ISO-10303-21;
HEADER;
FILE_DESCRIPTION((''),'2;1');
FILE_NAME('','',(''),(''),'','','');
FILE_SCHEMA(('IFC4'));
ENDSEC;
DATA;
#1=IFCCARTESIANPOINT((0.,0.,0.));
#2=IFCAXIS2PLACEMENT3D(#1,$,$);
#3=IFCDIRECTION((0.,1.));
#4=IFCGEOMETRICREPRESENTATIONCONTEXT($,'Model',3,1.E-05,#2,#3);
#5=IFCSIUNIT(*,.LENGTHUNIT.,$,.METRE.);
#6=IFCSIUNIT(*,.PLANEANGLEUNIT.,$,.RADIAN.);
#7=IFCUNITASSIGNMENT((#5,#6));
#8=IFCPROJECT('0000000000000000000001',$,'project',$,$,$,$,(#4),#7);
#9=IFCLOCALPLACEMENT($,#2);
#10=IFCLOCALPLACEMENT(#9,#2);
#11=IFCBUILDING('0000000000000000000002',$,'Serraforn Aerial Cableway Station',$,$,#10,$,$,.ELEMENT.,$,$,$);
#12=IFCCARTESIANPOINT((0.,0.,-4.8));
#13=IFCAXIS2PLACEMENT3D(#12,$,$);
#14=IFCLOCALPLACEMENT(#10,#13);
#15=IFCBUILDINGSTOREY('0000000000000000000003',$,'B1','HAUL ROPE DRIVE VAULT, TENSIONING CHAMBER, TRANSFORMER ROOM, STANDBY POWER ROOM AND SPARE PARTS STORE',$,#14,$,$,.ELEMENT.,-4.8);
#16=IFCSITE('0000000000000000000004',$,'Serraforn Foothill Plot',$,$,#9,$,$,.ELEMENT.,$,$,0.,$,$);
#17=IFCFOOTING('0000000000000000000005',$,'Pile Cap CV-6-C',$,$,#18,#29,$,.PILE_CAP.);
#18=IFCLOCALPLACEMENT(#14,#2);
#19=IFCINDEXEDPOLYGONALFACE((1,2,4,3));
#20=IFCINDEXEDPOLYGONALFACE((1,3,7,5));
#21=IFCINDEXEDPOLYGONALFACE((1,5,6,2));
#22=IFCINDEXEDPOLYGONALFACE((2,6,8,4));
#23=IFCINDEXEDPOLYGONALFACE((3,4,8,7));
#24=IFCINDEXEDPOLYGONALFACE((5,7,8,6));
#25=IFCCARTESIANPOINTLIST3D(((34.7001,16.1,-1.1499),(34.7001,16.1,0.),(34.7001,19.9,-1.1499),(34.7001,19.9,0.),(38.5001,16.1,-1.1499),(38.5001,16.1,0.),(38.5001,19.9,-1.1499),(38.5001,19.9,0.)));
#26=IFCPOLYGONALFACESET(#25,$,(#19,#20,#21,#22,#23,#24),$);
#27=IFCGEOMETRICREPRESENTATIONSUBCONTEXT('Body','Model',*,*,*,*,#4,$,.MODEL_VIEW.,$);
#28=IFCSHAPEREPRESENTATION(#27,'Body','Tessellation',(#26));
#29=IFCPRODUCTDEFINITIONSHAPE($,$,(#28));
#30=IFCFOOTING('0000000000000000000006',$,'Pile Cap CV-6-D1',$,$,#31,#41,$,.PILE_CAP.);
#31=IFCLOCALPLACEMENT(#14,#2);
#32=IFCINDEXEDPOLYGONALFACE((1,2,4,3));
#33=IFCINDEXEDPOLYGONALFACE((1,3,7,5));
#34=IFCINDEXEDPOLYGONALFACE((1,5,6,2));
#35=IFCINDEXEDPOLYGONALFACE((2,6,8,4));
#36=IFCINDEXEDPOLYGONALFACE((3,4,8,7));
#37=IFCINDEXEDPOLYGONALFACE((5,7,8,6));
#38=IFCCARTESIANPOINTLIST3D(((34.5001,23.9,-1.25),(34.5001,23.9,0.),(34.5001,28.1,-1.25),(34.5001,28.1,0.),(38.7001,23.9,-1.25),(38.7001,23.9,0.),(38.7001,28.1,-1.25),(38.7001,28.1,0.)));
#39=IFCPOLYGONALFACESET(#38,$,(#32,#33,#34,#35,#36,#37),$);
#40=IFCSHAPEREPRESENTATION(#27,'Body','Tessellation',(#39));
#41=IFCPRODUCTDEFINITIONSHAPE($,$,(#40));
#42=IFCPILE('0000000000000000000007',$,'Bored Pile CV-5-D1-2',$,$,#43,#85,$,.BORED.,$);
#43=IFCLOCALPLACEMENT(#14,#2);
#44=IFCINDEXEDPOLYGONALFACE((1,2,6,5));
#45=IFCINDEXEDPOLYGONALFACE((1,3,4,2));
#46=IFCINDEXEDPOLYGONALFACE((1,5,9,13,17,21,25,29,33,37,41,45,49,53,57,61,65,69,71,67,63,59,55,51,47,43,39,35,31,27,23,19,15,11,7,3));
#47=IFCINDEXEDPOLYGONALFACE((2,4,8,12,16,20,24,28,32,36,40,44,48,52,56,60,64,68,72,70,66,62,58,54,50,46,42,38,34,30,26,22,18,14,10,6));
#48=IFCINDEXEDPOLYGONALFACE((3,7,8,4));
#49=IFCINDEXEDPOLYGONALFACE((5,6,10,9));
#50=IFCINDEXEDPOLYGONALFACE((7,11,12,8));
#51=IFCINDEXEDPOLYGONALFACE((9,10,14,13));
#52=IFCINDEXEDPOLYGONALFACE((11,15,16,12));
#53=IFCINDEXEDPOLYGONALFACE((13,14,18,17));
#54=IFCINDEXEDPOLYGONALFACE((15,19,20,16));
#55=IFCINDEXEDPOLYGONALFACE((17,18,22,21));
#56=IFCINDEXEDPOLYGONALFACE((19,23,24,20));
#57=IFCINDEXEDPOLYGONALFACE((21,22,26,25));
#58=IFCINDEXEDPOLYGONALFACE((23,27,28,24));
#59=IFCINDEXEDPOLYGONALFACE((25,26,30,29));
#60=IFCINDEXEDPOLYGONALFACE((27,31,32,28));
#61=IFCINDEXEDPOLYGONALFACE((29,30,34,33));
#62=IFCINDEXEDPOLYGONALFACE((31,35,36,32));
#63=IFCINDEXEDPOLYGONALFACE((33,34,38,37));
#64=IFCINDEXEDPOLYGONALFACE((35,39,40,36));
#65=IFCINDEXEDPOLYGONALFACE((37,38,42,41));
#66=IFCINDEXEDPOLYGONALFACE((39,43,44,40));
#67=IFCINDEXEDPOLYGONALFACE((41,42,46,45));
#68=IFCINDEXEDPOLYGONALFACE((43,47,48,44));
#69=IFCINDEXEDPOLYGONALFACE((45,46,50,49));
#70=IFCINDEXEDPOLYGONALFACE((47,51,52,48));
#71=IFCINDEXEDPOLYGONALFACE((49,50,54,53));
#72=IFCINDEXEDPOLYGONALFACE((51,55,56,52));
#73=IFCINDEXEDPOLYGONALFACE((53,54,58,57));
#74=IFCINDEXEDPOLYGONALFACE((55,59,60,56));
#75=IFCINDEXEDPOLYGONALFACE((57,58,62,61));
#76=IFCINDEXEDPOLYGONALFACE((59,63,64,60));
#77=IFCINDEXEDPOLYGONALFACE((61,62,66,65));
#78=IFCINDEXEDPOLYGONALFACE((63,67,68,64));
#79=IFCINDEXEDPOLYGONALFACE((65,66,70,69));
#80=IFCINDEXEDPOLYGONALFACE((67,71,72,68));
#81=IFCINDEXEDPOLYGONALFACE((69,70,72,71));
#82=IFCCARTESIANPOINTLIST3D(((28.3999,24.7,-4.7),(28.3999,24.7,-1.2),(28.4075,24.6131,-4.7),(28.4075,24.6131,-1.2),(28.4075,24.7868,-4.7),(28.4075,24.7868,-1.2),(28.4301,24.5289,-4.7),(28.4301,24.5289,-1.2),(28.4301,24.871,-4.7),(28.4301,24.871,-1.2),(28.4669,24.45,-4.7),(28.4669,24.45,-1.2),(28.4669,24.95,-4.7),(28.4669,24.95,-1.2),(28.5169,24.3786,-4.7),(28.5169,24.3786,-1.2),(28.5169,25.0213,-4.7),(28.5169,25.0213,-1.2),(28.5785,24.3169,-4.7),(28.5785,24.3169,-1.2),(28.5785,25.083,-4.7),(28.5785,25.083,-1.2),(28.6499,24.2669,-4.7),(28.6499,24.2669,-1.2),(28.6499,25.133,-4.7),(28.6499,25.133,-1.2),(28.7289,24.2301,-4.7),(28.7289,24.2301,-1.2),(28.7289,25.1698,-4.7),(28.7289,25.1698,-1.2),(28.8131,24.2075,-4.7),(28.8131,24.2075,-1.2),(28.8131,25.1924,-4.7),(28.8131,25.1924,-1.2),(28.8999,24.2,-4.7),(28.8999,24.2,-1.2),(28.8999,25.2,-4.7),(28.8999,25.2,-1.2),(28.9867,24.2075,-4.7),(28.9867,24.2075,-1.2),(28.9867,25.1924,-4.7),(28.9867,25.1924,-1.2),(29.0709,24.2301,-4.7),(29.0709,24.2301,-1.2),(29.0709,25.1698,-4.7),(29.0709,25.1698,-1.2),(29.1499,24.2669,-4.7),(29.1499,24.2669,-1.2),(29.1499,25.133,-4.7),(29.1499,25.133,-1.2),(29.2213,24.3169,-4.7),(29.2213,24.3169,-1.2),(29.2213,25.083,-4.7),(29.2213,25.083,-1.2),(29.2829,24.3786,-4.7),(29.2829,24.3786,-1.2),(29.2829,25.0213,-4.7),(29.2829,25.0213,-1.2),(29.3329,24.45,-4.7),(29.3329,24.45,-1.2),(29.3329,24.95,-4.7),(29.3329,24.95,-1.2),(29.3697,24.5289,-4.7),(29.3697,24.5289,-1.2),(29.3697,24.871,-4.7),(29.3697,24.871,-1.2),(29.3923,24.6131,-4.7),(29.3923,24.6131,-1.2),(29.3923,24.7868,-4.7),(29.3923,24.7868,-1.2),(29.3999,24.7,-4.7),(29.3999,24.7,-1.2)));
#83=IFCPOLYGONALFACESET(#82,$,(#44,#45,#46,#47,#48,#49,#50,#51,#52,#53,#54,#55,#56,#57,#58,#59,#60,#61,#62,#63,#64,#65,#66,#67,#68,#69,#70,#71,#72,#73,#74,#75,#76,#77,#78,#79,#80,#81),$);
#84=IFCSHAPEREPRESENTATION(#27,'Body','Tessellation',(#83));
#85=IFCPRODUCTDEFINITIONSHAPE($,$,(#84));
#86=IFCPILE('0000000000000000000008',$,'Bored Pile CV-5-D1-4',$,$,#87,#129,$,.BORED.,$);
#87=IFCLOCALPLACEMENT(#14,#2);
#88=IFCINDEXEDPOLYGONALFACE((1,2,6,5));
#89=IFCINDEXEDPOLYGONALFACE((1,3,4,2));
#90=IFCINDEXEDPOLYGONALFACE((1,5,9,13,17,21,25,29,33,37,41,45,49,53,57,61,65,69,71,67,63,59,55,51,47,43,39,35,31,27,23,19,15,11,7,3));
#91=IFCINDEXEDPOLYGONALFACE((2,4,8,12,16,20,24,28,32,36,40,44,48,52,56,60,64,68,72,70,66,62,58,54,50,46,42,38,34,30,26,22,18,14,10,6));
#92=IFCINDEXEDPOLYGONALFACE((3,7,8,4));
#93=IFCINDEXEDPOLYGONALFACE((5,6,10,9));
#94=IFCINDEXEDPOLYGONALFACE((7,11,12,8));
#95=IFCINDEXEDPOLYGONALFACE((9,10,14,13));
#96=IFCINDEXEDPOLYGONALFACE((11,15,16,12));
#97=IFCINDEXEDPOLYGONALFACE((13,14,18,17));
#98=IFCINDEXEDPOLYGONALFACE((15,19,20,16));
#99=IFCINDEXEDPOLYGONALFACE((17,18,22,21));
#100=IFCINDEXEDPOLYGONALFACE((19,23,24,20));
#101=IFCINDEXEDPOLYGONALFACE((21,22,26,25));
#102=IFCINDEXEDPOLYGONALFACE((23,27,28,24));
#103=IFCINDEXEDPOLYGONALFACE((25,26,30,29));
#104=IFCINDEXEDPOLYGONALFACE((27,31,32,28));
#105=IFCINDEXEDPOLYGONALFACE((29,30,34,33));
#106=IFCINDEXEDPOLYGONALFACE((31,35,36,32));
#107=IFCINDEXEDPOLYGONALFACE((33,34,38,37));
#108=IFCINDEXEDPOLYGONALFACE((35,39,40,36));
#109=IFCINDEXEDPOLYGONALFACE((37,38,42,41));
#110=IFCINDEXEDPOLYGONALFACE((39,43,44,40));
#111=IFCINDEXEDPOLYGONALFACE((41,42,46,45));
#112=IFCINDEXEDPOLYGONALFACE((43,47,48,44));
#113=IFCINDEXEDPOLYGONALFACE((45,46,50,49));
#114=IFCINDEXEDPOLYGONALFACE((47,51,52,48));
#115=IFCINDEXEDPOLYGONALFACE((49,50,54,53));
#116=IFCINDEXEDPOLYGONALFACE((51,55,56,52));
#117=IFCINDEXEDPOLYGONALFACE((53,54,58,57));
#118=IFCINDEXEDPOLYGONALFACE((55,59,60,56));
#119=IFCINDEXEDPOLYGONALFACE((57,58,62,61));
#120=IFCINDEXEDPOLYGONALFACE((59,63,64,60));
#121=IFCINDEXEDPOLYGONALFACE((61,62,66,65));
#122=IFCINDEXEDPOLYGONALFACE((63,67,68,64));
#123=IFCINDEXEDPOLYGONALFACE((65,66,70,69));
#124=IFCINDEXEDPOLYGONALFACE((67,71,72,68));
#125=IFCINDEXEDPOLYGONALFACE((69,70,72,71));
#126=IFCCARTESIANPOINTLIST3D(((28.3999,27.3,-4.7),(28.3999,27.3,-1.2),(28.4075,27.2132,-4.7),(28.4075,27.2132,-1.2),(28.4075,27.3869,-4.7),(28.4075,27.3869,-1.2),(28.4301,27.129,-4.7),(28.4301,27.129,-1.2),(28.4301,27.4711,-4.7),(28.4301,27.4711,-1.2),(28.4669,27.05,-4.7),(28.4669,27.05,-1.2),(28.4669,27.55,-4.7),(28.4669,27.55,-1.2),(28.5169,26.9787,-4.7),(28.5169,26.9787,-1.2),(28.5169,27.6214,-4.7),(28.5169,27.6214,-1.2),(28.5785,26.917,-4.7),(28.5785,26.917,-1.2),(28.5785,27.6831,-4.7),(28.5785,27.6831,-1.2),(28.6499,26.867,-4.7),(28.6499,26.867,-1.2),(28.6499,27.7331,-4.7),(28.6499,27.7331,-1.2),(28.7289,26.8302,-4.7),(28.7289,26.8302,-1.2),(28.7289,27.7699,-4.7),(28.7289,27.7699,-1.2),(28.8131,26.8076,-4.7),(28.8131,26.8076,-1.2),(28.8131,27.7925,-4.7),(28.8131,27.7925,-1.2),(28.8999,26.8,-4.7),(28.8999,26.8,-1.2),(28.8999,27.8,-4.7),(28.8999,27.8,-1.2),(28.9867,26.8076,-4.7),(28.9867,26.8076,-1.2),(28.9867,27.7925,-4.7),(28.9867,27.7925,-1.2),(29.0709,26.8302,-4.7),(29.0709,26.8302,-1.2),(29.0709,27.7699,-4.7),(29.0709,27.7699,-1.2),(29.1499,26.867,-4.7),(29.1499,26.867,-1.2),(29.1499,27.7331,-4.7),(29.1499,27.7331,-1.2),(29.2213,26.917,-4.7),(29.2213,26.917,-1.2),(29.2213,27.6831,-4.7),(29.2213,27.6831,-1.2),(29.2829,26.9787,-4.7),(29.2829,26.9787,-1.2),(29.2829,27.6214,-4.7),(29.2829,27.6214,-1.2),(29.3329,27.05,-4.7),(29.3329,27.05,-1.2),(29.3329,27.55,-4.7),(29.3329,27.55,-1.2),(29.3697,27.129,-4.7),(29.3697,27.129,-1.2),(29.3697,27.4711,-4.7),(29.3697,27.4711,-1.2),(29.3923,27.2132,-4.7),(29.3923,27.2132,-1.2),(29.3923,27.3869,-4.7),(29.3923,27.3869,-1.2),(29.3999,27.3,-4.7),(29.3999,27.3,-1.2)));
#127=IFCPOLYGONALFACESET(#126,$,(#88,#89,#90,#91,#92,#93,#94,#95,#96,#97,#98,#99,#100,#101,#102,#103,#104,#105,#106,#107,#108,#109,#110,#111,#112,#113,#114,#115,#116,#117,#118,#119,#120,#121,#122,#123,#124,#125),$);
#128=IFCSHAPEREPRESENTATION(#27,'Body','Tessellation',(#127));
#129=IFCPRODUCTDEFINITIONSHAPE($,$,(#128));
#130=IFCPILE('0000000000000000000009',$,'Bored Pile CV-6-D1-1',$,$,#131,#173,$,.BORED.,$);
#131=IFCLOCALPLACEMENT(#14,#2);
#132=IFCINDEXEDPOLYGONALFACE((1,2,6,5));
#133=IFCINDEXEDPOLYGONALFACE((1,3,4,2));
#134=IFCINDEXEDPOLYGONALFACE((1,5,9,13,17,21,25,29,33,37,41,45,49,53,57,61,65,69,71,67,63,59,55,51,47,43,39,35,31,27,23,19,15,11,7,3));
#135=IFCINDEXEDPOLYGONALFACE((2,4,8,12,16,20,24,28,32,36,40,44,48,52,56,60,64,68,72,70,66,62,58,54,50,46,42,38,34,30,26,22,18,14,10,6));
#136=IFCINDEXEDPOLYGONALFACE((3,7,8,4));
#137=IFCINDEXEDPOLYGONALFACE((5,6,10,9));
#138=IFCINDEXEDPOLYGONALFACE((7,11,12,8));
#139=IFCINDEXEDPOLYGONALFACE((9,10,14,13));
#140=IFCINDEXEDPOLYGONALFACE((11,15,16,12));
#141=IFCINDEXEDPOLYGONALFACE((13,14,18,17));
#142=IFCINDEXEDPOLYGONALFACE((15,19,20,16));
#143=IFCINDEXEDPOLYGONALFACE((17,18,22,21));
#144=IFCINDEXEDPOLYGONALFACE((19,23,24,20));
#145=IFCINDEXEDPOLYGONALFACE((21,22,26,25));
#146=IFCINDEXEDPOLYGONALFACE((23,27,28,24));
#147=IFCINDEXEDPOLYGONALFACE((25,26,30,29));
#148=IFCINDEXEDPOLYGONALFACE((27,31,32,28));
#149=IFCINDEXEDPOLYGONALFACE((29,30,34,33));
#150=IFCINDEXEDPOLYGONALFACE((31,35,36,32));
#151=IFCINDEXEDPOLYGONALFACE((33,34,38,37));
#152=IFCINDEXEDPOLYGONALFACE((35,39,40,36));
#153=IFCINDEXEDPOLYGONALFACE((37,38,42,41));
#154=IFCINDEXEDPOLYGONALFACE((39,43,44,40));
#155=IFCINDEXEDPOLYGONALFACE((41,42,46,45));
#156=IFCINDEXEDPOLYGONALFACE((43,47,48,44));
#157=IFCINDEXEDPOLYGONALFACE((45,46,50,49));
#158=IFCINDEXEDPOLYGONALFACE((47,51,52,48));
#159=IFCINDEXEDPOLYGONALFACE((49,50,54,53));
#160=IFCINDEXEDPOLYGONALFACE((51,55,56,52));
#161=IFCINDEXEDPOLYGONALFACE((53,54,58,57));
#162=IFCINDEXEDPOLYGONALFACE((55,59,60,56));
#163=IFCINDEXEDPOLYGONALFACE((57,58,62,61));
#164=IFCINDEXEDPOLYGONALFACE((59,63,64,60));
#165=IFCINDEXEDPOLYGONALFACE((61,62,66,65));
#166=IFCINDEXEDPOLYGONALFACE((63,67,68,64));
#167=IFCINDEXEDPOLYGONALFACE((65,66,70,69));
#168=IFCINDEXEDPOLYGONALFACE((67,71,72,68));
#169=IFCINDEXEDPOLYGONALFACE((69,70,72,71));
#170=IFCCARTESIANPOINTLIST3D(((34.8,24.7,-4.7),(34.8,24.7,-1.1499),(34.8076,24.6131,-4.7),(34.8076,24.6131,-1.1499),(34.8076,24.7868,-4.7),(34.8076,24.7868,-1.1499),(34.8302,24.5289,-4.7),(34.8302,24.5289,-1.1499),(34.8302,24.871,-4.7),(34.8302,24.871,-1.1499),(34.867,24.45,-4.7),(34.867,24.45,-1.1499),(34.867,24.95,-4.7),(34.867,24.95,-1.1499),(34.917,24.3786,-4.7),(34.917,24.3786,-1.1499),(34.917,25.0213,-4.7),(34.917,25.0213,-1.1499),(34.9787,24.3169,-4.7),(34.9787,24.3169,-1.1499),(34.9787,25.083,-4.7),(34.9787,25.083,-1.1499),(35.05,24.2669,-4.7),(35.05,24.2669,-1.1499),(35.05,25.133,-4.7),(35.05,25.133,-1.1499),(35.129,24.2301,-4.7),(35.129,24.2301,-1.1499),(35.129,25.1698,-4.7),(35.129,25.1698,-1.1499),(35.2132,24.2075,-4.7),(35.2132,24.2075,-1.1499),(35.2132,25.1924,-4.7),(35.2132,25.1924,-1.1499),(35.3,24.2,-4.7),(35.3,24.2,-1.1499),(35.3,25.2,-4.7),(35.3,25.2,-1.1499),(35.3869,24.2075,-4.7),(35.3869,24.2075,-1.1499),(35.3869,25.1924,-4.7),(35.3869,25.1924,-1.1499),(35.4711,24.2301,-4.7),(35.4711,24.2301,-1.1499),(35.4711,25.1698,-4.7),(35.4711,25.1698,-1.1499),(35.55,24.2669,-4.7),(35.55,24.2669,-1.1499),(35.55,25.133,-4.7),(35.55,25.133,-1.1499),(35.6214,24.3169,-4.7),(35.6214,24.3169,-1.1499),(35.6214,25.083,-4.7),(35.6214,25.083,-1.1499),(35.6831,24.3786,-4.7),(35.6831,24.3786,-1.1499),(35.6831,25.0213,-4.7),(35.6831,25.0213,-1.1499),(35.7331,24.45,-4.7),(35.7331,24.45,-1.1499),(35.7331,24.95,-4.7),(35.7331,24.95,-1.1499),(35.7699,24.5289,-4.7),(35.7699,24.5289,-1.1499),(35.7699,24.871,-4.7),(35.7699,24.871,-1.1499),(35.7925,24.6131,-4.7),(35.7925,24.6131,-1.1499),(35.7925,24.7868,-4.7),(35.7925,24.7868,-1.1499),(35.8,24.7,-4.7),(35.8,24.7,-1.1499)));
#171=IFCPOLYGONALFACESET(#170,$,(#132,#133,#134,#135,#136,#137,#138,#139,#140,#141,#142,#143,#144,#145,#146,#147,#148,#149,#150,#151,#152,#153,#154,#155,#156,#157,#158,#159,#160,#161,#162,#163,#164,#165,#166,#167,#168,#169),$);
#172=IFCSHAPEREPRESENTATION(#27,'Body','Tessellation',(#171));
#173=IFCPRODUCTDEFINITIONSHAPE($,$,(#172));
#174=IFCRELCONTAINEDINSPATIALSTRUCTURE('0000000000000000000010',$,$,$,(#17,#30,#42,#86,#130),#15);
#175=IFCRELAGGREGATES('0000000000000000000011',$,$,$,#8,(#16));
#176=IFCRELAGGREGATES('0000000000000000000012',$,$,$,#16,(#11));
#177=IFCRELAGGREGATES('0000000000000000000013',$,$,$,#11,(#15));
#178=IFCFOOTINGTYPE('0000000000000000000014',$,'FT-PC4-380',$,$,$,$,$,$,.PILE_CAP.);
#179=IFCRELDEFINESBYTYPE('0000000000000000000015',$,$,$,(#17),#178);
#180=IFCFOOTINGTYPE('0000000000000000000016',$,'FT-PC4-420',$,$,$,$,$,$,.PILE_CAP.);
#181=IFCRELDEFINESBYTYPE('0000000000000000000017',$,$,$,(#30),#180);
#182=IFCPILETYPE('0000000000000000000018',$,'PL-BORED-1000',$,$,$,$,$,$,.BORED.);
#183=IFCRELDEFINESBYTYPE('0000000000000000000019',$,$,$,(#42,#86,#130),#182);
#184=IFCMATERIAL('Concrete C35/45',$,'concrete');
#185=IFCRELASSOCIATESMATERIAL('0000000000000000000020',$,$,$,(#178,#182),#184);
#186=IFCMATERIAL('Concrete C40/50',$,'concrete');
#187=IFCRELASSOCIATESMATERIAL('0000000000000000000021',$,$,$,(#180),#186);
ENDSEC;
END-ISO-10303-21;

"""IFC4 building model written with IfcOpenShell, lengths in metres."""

from ifc_helpers import new_model, si_unit, direction, frame, origin, origin_2d, place, context, subcontext, project, spatial, rectangle, circle, extrude, material, material_profile, profile_set, type_object, element, save


model = new_model("IFC4")

# Units and contexts
model_context = context("Model", 3, precision=1e-05, world=origin(), true_north=direction((0.0, 1.0)))
body_context = subcontext(model_context, "Body", "Model", "MODEL_VIEW")
ifc_project = project(units=[si_unit("LENGTHUNIT", "METRE"), si_unit("PLANEANGLEUNIT", "RADIAN")], contexts=[model_context])

# Site, building, storey
site_placement = place(None, origin())
site = spatial("IfcSite", under=ifc_project, at=site_placement, Name="Serraforn Foothill Plot", CompositionType="ELEMENT", RefElevation=0.0)
building_placement = place(site_placement, origin())
building = spatial("IfcBuilding", under=site, at=building_placement, Name="Serraforn Aerial Cableway Station", CompositionType="ELEMENT")
storey_placement = place(building_placement, frame((0.0, 0.0, -4.8)))
storey = spatial("IfcBuildingStorey", under=building, at=storey_placement, Name="B1", Description="HAUL ROPE DRIVE VAULT, TENSIONING CHAMBER, TRANSFORMER ROOM, STANDBY POWER ROOM AND SPARE PARTS STORE", CompositionType="ELEMENT", Elevation=-4.8)

# Footings
ifc_material_1 = material(Name="Concrete C35/45", Category="concrete")
footing_type_1 = type_object("IfcFootingType", Name="FT-PC4-380", PredefinedType="PILE_CAP", material=ifc_material_1)
footing_1_placement = place(storey_placement, frame((36.6001, 18.0, -1.1499), z_axis=(0.0, 0.0, 1.0), x_axis=(1.0, 0.0, 0.0)))
element("IfcFooting", 1, at=footing_1_placement, inside=storey, type_object=footing_type_1, Name="Pile Cap CV-6-C", PredefinedType="PILE_CAP", context=body_context, shape_type="SweptSolid", body=[
    extrude(rectangle(XDim=3.8, YDim=3.8, at=origin_2d()), origin(), (0.0, 0.0, 1.0), 1.1499),
])
ifc_material_2 = material(Name="Concrete C40/50", Category="concrete")
footing_type_2 = type_object("IfcFootingType", Name="FT-PC4-420", PredefinedType="PILE_CAP", material=ifc_material_2)
footing_2_placement = place(storey_placement, frame((36.6001, 26.0, -1.25), z_axis=(0.0, 0.0, 1.0), x_axis=(1.0, 0.0, 0.0)))
element("IfcFooting", 2, at=footing_2_placement, inside=storey, type_object=footing_type_2, Name="Pile Cap CV-6-D1", PredefinedType="PILE_CAP", context=body_context, shape_type="SweptSolid", body=[
    extrude(rectangle(XDim=4.2, YDim=4.2, at=origin_2d()), origin(), (0.0, 0.0, 1.0), 1.25),
])

# Piles
ifc_material_profile_1 = material_profile(ifc_material_1, circle(Radius=0.5, at=origin_2d()), Name="BORED PILE D1000")
ifc_profile_set_1 = profile_set([ifc_material_profile_1], Name="Concrete C35/45")
pile_type_1 = type_object("IfcPileType", Name="PL-BORED-1000", PredefinedType="BORED", material=ifc_profile_set_1)
for number, where, z_axis, x_axis, name in (
    (3, (28.8999, 24.7, -1.2), (0.0, 0.0, -1.0), (1.0, 0.0, 0.0), "Bored Pile CV-5-D1-2"),
    (4, (28.8999, 27.3, -1.2), (0.0, 0.0, -1.0), (1.0, 0.0, 0.0), "Bored Pile CV-5-D1-4"),
):
    element("IfcPile", number, at=place(storey_placement, frame(where, z_axis=z_axis, x_axis=x_axis)), inside=storey, type_object=pile_type_1, Name=name, PredefinedType="BORED", context=body_context, shape_type="SweptSolid", body=[
        extrude(circle(Radius=0.5, at=origin_2d()), origin(), (0.0, 0.0, 1.0), 3.5),
    ])
for number, where, z_axis, x_axis, name in (
    (5, (35.3, 24.7, -1.1499), (0.0, 0.0, -1.0), (1.0, 0.0, 0.0), "Bored Pile CV-6-D1-1"),
):
    element("IfcPile", number, at=place(storey_placement, frame(where, z_axis=z_axis, x_axis=x_axis)), inside=storey, type_object=pile_type_1, Name=name, PredefinedType="BORED", context=body_context, shape_type="SweptSolid", body=[
        extrude(circle(Radius=0.5, at=origin_2d()), origin(), (0.0, 0.0, 1.0), 3.55),
    ])

save(model, "model.ifc")
